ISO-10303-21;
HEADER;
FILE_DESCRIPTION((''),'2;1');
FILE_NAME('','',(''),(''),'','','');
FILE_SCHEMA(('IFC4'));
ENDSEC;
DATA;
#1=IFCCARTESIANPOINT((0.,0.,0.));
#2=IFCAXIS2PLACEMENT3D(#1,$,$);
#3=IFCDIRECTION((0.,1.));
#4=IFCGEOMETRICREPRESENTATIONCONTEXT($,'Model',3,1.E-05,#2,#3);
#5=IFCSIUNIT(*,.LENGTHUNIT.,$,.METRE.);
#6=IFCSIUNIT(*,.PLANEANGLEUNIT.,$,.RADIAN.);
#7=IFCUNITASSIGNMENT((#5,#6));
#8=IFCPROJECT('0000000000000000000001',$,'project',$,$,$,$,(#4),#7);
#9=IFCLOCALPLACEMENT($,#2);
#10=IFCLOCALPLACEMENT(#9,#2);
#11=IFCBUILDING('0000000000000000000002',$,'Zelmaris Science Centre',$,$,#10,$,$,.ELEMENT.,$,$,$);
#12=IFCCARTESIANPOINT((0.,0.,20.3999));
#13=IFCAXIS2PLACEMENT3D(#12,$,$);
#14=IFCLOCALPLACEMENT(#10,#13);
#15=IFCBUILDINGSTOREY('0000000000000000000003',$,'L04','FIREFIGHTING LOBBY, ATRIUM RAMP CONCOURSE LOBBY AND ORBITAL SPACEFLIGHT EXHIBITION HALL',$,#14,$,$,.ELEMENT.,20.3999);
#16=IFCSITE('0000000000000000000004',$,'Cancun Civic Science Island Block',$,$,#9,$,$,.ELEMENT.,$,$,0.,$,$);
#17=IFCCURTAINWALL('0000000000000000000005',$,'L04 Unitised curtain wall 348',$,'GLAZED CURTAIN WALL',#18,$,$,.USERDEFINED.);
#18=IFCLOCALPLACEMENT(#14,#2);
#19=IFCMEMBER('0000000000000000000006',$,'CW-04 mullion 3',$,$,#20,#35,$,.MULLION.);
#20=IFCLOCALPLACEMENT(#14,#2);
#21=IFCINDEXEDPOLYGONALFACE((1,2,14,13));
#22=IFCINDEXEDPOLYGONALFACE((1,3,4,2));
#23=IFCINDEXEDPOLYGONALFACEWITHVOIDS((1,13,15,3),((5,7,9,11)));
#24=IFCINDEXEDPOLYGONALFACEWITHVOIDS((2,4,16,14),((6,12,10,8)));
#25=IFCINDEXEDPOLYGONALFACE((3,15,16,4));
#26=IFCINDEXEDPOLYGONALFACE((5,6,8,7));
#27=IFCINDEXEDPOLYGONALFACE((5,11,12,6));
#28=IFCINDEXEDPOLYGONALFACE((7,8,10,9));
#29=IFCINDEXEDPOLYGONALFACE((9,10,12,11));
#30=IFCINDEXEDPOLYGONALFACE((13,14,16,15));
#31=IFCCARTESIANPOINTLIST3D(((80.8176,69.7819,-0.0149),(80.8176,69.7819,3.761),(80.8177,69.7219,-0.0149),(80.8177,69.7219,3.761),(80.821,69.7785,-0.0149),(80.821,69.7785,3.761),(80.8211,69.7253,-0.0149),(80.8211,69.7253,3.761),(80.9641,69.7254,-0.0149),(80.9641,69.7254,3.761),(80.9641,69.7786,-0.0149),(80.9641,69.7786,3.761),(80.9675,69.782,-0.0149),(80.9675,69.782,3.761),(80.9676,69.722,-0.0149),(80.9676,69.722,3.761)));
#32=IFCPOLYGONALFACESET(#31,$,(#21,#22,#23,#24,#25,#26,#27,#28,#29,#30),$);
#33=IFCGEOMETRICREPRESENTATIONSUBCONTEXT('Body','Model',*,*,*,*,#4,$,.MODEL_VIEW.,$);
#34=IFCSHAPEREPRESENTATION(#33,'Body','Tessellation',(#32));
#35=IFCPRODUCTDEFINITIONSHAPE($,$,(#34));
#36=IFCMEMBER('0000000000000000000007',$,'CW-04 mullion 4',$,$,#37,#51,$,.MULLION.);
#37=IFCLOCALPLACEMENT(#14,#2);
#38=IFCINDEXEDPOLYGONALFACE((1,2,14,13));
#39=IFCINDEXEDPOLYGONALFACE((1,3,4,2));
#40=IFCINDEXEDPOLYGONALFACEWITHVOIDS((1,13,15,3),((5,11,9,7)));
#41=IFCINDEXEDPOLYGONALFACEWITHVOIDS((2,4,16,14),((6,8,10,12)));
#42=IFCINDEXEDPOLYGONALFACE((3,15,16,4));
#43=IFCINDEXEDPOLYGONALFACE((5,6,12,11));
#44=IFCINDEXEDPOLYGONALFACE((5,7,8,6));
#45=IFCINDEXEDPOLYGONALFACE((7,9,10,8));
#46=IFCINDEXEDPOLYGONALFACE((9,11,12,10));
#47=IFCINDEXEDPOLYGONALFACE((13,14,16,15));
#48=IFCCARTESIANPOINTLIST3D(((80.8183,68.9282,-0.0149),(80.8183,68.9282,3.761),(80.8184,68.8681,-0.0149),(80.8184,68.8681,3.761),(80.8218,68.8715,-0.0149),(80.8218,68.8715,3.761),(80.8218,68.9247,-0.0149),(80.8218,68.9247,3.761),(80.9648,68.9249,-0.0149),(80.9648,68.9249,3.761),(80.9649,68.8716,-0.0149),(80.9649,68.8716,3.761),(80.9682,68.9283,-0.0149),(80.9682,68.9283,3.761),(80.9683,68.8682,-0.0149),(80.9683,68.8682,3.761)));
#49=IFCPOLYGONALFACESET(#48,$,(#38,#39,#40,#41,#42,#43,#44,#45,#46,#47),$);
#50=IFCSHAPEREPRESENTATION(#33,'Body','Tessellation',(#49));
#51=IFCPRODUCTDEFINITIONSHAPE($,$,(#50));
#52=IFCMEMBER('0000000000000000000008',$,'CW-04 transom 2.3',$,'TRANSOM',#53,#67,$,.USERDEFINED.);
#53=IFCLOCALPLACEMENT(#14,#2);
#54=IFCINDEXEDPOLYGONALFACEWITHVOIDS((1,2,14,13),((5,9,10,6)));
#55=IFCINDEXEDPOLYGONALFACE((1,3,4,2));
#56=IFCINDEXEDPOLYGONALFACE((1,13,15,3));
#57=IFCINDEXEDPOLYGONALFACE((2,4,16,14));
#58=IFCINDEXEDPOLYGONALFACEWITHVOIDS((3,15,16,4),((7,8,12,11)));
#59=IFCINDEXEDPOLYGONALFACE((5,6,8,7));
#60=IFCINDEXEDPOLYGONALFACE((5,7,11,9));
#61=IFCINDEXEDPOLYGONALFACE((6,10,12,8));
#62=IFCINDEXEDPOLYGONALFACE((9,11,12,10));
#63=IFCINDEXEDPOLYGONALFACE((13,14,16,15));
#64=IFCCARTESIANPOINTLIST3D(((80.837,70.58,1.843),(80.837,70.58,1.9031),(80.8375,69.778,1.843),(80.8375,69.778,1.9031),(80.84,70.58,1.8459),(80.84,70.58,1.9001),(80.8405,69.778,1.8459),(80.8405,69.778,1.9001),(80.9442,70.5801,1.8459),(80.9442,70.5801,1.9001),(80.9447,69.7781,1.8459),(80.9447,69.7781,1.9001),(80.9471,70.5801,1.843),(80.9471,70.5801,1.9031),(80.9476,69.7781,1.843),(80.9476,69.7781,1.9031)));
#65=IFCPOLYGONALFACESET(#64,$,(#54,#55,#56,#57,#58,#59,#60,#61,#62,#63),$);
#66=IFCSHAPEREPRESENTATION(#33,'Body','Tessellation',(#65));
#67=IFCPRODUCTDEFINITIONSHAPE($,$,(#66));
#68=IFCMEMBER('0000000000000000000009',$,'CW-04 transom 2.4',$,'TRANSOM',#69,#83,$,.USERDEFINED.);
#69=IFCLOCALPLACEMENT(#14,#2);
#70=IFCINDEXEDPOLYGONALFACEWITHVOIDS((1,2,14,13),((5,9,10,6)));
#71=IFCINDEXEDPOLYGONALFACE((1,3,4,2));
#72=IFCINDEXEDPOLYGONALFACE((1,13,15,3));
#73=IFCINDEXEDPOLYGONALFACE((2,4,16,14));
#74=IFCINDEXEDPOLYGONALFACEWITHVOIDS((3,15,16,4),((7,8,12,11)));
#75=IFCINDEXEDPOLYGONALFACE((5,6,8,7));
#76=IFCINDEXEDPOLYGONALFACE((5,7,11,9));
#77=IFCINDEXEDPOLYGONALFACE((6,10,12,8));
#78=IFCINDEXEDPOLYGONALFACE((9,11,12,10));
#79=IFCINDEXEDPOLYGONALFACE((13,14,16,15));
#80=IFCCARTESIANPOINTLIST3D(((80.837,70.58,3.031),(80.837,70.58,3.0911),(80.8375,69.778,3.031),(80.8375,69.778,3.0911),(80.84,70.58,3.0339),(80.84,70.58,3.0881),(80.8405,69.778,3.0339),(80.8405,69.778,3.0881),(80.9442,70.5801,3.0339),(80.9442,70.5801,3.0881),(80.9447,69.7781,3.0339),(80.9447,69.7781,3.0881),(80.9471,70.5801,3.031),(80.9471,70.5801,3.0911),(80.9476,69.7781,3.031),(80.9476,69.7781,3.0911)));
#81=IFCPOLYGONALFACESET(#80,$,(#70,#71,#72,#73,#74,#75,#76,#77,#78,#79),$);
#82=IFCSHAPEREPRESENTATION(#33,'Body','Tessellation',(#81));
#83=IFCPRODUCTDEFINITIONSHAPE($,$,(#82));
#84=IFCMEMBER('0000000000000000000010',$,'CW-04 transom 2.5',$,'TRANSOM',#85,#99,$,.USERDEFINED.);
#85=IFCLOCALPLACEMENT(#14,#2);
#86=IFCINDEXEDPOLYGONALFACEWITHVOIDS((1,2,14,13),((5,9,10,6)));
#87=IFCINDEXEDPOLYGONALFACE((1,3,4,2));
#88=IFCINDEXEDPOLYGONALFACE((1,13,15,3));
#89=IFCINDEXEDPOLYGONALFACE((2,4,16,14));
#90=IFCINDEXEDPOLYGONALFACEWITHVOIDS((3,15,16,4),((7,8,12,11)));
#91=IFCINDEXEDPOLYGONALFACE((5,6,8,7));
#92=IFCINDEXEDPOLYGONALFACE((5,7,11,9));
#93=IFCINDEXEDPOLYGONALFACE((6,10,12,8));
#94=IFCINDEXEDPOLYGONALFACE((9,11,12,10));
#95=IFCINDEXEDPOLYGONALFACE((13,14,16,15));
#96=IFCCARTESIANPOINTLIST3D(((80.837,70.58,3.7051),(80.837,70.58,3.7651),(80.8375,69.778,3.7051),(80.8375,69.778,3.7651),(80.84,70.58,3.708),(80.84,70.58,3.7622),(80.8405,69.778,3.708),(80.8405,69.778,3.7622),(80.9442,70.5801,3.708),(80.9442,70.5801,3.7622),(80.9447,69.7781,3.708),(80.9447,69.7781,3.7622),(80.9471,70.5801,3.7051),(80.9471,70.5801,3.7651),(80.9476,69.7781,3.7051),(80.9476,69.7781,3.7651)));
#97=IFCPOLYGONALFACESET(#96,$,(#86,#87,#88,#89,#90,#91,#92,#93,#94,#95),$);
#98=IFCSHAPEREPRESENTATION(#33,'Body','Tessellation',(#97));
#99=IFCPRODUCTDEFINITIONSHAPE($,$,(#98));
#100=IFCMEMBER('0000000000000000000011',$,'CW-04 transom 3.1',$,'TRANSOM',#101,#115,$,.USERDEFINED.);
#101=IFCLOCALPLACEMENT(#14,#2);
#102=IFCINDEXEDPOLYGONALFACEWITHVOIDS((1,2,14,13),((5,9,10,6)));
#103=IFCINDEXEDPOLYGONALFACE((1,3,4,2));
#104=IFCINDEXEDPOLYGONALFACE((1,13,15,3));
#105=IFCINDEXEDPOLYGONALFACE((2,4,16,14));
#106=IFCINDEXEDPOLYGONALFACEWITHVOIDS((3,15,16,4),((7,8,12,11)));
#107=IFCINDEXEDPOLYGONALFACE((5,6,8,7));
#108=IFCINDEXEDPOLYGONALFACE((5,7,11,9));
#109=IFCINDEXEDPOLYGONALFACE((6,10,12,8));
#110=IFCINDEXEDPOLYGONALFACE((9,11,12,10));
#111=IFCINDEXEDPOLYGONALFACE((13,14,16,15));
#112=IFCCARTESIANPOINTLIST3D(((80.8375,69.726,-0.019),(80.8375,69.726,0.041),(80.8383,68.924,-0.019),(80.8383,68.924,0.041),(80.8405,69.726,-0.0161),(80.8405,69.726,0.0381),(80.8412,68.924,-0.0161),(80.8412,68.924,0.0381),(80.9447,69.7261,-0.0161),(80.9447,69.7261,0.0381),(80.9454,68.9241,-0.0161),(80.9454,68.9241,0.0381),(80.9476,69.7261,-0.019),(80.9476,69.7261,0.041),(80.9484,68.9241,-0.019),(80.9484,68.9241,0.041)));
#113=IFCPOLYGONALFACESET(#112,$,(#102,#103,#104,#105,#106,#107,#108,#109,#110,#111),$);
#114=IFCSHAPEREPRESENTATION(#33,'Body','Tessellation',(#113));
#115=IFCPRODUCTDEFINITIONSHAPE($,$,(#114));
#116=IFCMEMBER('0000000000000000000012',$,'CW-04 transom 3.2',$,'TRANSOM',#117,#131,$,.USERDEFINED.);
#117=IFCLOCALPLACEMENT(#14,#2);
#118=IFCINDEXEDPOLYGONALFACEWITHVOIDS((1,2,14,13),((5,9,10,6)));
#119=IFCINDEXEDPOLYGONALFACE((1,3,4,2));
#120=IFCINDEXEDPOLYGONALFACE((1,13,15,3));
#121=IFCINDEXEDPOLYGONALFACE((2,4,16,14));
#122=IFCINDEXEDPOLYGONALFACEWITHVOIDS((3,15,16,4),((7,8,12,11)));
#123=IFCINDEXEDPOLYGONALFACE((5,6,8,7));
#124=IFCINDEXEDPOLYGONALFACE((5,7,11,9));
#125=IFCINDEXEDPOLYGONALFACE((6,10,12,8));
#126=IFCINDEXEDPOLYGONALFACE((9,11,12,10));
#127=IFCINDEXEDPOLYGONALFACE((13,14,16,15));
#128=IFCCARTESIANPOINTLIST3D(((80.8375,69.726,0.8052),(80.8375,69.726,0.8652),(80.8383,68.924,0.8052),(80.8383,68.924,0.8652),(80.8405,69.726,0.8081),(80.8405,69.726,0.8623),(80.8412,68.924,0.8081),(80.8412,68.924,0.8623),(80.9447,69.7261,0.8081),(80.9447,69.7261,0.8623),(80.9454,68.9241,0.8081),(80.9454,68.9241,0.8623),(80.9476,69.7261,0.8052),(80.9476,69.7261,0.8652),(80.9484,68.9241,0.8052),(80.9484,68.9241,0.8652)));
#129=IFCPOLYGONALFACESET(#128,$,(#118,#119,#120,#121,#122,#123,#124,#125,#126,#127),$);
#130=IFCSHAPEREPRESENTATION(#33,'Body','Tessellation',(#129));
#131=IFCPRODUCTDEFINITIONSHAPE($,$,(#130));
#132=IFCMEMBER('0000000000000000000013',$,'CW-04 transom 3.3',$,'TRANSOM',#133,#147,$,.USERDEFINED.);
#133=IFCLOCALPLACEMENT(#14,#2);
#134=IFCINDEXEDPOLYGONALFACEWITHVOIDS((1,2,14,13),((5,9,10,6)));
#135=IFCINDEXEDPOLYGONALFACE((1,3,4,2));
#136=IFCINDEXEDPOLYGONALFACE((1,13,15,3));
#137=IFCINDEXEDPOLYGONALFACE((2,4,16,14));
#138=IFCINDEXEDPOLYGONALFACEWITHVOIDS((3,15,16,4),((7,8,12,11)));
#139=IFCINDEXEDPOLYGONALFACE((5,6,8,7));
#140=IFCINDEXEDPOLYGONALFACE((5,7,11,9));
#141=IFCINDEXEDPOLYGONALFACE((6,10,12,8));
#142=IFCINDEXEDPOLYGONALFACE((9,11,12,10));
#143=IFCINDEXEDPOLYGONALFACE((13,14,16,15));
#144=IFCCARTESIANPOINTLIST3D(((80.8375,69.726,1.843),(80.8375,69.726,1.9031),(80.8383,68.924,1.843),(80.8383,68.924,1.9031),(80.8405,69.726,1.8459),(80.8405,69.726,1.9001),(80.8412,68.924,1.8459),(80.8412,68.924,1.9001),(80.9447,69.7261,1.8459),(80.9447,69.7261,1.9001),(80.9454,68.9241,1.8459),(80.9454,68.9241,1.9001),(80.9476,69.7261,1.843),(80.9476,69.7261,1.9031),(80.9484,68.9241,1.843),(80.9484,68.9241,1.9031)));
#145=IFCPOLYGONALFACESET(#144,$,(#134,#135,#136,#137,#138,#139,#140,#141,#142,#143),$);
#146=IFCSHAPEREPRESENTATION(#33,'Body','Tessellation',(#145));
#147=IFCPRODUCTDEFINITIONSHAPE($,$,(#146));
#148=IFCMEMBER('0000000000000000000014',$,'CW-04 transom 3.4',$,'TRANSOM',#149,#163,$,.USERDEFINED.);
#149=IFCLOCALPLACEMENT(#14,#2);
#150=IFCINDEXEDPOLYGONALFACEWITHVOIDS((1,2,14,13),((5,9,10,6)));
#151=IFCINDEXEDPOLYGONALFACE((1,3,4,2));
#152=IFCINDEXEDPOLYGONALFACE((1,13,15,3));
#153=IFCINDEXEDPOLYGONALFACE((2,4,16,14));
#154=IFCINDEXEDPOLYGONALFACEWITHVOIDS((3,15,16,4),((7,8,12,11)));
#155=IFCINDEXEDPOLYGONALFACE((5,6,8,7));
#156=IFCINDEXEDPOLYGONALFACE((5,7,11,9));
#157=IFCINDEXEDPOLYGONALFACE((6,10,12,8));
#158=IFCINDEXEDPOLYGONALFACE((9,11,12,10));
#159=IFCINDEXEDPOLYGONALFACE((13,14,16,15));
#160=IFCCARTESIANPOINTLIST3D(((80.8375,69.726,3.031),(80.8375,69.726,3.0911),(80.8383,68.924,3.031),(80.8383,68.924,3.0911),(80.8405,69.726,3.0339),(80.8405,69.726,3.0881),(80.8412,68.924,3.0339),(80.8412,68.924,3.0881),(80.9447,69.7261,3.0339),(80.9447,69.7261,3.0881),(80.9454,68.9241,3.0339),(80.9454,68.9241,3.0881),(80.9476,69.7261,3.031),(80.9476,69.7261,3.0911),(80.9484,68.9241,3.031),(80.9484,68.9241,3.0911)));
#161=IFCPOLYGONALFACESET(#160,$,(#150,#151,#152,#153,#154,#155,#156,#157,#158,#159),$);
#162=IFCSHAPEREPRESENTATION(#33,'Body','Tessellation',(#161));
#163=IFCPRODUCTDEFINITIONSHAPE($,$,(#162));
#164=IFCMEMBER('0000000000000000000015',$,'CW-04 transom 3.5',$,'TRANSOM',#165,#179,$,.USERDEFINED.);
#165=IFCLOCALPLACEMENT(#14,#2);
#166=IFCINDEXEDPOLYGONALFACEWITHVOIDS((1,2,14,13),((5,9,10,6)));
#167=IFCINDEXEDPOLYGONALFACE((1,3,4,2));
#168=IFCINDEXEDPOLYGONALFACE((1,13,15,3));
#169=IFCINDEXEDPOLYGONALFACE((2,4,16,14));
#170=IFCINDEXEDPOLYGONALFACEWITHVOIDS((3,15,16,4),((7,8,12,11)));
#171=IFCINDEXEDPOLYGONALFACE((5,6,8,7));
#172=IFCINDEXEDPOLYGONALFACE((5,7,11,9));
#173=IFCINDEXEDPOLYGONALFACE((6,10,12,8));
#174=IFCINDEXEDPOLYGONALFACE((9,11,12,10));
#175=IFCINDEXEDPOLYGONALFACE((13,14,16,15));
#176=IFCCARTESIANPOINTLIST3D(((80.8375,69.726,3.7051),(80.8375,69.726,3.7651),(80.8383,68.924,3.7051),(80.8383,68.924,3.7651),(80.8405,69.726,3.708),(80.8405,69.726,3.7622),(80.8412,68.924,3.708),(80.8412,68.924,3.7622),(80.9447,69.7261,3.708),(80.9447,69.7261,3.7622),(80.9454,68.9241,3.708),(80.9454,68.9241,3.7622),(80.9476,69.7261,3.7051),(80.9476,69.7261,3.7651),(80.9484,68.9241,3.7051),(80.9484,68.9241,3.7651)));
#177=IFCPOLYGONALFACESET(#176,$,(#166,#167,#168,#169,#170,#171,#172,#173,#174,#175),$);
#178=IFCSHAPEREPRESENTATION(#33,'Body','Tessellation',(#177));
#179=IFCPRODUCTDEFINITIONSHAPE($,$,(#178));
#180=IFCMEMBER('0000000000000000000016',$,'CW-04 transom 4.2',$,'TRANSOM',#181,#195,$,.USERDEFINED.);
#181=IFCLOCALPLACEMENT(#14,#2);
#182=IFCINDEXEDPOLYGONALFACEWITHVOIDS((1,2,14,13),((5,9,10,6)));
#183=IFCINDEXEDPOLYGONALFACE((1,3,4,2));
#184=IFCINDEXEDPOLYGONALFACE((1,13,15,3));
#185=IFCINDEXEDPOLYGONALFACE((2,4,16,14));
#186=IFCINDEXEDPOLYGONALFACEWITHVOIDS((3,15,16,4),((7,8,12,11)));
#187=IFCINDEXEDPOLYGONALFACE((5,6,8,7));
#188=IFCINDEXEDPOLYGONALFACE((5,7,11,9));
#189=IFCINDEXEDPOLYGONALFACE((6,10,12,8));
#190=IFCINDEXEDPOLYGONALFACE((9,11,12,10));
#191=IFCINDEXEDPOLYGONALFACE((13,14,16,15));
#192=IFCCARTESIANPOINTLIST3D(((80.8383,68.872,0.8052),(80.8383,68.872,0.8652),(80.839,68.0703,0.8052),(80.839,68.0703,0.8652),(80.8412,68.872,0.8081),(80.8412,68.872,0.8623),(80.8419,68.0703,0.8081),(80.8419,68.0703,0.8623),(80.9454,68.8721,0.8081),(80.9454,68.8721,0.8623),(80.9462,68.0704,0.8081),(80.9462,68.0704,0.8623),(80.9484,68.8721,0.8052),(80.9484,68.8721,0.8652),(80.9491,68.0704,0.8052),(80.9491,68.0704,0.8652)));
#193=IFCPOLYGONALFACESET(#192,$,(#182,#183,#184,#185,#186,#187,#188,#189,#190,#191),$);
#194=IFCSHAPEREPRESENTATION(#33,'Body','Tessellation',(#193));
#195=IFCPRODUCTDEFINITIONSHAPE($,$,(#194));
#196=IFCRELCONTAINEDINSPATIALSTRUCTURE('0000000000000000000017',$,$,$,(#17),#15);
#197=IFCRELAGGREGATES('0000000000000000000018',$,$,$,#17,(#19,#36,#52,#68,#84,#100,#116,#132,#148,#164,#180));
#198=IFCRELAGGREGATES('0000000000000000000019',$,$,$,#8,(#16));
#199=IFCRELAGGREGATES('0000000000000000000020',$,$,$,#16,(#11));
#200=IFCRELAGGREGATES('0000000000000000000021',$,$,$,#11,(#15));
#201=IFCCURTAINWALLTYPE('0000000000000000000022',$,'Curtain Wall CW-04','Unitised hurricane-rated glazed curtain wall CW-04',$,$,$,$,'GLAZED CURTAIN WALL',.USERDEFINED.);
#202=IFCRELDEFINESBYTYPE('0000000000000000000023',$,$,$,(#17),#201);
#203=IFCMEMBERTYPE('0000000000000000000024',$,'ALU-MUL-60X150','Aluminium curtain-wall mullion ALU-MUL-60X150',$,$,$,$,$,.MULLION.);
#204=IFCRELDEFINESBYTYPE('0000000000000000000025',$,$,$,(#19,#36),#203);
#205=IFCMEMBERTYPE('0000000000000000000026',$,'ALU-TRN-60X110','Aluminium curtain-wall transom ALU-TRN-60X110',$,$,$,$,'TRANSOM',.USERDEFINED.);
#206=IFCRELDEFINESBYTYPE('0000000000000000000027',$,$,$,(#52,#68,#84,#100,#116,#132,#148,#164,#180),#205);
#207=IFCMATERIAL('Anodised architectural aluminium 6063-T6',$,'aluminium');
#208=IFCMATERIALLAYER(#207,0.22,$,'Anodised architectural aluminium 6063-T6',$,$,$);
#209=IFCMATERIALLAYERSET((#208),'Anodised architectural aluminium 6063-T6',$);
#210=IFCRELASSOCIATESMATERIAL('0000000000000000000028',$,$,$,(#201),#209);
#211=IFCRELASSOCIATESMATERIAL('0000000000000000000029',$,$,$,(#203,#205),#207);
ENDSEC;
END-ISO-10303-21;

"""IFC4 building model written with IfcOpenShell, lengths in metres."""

from ifc_helpers import new_model, si_unit, direction, frame, origin, origin_2d, place, context, subcontext, project, spatial, hollow_rectangle, extrude, material, layer, layer_set, material_profile, profile_set, type_object, element, aggregate, save


model = new_model("IFC4")

# Units and contexts
model_context = context("Model", 3, precision=1e-05, world=origin(), true_north=direction((0.0, 1.0)))
body_context = subcontext(model_context, "Body", "Model", "MODEL_VIEW")
ifc_project = project(units=[si_unit("LENGTHUNIT", "METRE"), si_unit("PLANEANGLEUNIT", "RADIAN")], contexts=[model_context])

# Site, building, storey
site_placement = place(None, origin())
site = spatial("IfcSite", under=ifc_project, at=site_placement, Name="Cancun Civic Science Island Block", CompositionType="ELEMENT", RefElevation=0.0)
building_placement = place(site_placement, origin())
building = spatial("IfcBuilding", under=site, at=building_placement, Name="Zelmaris Science Centre", CompositionType="ELEMENT")
storey_placement = place(building_placement, frame((0.0, 0.0, 20.3999)))
storey = spatial("IfcBuildingStorey", under=building, at=storey_placement, Name="L04", Description="FIREFIGHTING LOBBY, ATRIUM RAMP CONCOURSE LOBBY AND ORBITAL SPACEFLIGHT EXHIBITION HALL", CompositionType="ELEMENT", Elevation=20.3999)

# Curtain wall, members
ifc_material_1 = material(Name="Anodised architectural aluminium 6063-T6", Category="aluminium")
ifc_layer_1 = layer(ifc_material_1, 0.22, Name="Anodised architectural aluminium 6063-T6")
ifc_layer_set_1 = layer_set([ifc_layer_1], Name="Anodised architectural aluminium 6063-T6")
curtain_wall_type = type_object("IfcCurtainWallType", Name="Curtain Wall CW-04", Description="Unitised hurricane-rated glazed curtain wall CW-04", ElementType="GLAZED CURTAIN WALL", PredefinedType="USERDEFINED", material=ifc_layer_set_1)
curtain_wall_placement = place(storey_placement, origin())
curtain_wall = element("IfcCurtainWall", 1, at=curtain_wall_placement, inside=storey, type_object=curtain_wall_type, Name="L04 Unitised curtain wall 348", ObjectType="GLAZED CURTAIN WALL", PredefinedType="USERDEFINED")
ifc_material_profile_1 = material_profile(ifc_material_1, hollow_rectangle(XDim=0.0601, YDim=0.1499, WallThickness=0.0034, at=origin_2d()), Name="ALU-MUL-60X150")
ifc_profile_set_1 = profile_set([ifc_material_profile_1], Name="Anodised architectural aluminium 6063-T6")
member_type_1 = type_object("IfcMemberType", Name="ALU-MUL-60X150", Description="Aluminium curtain-wall mullion ALU-MUL-60X150", PredefinedType="MULLION", material=ifc_profile_set_1)
member_1_placement = place(storey_placement, frame((80.8926, 69.752, -0.0149), z_axis=(0.0, 0.0, 1.0), x_axis=(0.000771, -1.0, 0.0)))
member_1 = element("IfcMember", 2, at=member_1_placement, type_object=member_type_1, Name="CW-04 mullion 3", PredefinedType="MULLION", context=body_context, shape_type="SweptSolid", body=[
    extrude(hollow_rectangle(XDim=0.0601, YDim=0.1499, WallThickness=0.0034, at=origin_2d()), origin(), (0.0, 0.0, 1.0), 3.7759),
])
member_2_placement = place(storey_placement, frame((80.8933, 68.8982, -0.0149), z_axis=(0.0, 0.0, 1.0), x_axis=(0.000771, -1.0, 0.0)))
member_2 = element("IfcMember", 3, at=member_2_placement, type_object=member_type_1, Name="CW-04 mullion 4", PredefinedType="MULLION", context=body_context, shape_type="SweptSolid", body=[
    extrude(hollow_rectangle(XDim=0.0601, YDim=0.1499, WallThickness=0.0034, at=origin_2d()), origin(), (0.0, 0.0, 1.0), 3.7759),
])
ifc_material_profile_2 = material_profile(ifc_material_1, hollow_rectangle(XDim=0.0601, YDim=0.1101, WallThickness=0.0029, at=origin_2d()), Name="ALU-TRN-60X110")
ifc_profile_set_2 = profile_set([ifc_material_profile_2], Name="Anodised architectural aluminium 6063-T6")
member_type_2 = type_object("IfcMemberType", Name="ALU-TRN-60X110", Description="Aluminium curtain-wall transom ALU-TRN-60X110", ElementType="TRANSOM", PredefinedType="USERDEFINED", material=ifc_profile_set_2)
member_3_placement = place(storey_placement, frame((80.8921, 70.5801, 1.873), z_axis=(0.000609, -1.0, 0.0), x_axis=(0.0, 0.0, 1.0)))
member_3 = element("IfcMember", 4, at=member_3_placement, type_object=member_type_2, Name="CW-04 transom 2.3", ObjectType="TRANSOM", PredefinedType="USERDEFINED", context=body_context, shape_type="SweptSolid", body=[
    extrude(hollow_rectangle(XDim=0.0601, YDim=0.1101, WallThickness=0.0029, at=origin_2d()), origin(), (0.0, 0.0, 1.0), 0.802),
])
member_4_placement = place(storey_placement, frame((80.8921, 70.5801, 3.061), z_axis=(0.000609, -1.0, 0.0), x_axis=(0.0, 0.0, 1.0)))
member_4 = element("IfcMember", 5, at=member_4_placement, type_object=member_type_2, Name="CW-04 transom 2.4", ObjectType="TRANSOM", PredefinedType="USERDEFINED", context=body_context, shape_type="SweptSolid", body=[
    extrude(hollow_rectangle(XDim=0.0601, YDim=0.1101, WallThickness=0.0029, at=origin_2d()), origin(), (0.0, 0.0, 1.0), 0.802),
])
member_5_placement = place(storey_placement, frame((80.8921, 70.5801, 3.7351), z_axis=(0.000609, -1.0, 0.0), x_axis=(0.0, 0.0, 1.0)))
member_5 = element("IfcMember", 6, at=member_5_placement, type_object=member_type_2, Name="CW-04 transom 2.5", ObjectType="TRANSOM", PredefinedType="USERDEFINED", context=body_context, shape_type="SweptSolid", body=[
    extrude(hollow_rectangle(XDim=0.0601, YDim=0.1101, WallThickness=0.0029, at=origin_2d()), origin(), (0.0, 0.0, 1.0), 0.802),
])
member_6_placement = place(storey_placement, frame((80.8926, 69.7261, 0.011), z_axis=(0.000913, -1.0, 0.0), x_axis=(0.0, 0.0, 1.0)))
member_6 = element("IfcMember", 7, at=member_6_placement, type_object=member_type_2, Name="CW-04 transom 3.1", ObjectType="TRANSOM", PredefinedType="USERDEFINED", context=body_context, shape_type="SweptSolid", body=[
    extrude(hollow_rectangle(XDim=0.0601, YDim=0.1101, WallThickness=0.0029, at=origin_2d()), origin(), (0.0, 0.0, 1.0), 0.802),
])
member_7_placement = place(storey_placement, frame((80.8926, 69.7261, 0.8352), z_axis=(0.000913, -1.0, 0.0), x_axis=(0.0, 0.0, 1.0)))
member_7 = element("IfcMember", 8, at=member_7_placement, type_object=member_type_2, Name="CW-04 transom 3.2", ObjectType="TRANSOM", PredefinedType="USERDEFINED", context=body_context, shape_type="SweptSolid", body=[
    extrude(hollow_rectangle(XDim=0.0601, YDim=0.1101, WallThickness=0.0029, at=origin_2d()), origin(), (0.0, 0.0, 1.0), 0.802),
])
member_8_placement = place(storey_placement, frame((80.8926, 69.7261, 1.873), z_axis=(0.000913, -1.0, 0.0), x_axis=(0.0, 0.0, 1.0)))
member_8 = element("IfcMember", 9, at=member_8_placement, type_object=member_type_2, Name="CW-04 transom 3.3", ObjectType="TRANSOM", PredefinedType="USERDEFINED", context=body_context, shape_type="SweptSolid", body=[
    extrude(hollow_rectangle(XDim=0.0601, YDim=0.1101, WallThickness=0.0029, at=origin_2d()), origin(), (0.0, 0.0, 1.0), 0.802),
])
member_9_placement = place(storey_placement, frame((80.8926, 69.7261, 3.061), z_axis=(0.000913, -1.0, 0.0), x_axis=(0.0, 0.0, 1.0)))
member_9 = element("IfcMember", 10, at=member_9_placement, type_object=member_type_2, Name="CW-04 transom 3.4", ObjectType="TRANSOM", PredefinedType="USERDEFINED", context=body_context, shape_type="SweptSolid", body=[
    extrude(hollow_rectangle(XDim=0.0601, YDim=0.1101, WallThickness=0.0029, at=origin_2d()), origin(), (0.0, 0.0, 1.0), 0.802),
])
member_10_placement = place(storey_placement, frame((80.8926, 69.7261, 3.7351), z_axis=(0.000913, -1.0, 0.0), x_axis=(0.0, 0.0, 1.0)))
member_10 = element("IfcMember", 11, at=member_10_placement, type_object=member_type_2, Name="CW-04 transom 3.5", ObjectType="TRANSOM", PredefinedType="USERDEFINED", context=body_context, shape_type="SweptSolid", body=[
    extrude(hollow_rectangle(XDim=0.0601, YDim=0.1101, WallThickness=0.0029, at=origin_2d()), origin(), (0.0, 0.0, 1.0), 0.802),
])
member_11_placement = place(storey_placement, frame((80.8933, 68.8721, 0.8352), z_axis=(0.000914, -1.0, 0.0), x_axis=(0.0, 0.0, 1.0)))
member_11 = element("IfcMember", 12, at=member_11_placement, type_object=member_type_2, Name="CW-04 transom 4.2", ObjectType="TRANSOM", PredefinedType="USERDEFINED", context=body_context, shape_type="SweptSolid", body=[
    extrude(hollow_rectangle(XDim=0.0601, YDim=0.1101, WallThickness=0.0029, at=origin_2d()), origin(), (0.0, 0.0, 1.0), 0.8018),
])
aggregate(curtain_wall, [member_1, member_2, member_3, member_4, member_5, member_6, member_7, member_8, member_9, member_10, member_11])

save(model, "model.ifc")
